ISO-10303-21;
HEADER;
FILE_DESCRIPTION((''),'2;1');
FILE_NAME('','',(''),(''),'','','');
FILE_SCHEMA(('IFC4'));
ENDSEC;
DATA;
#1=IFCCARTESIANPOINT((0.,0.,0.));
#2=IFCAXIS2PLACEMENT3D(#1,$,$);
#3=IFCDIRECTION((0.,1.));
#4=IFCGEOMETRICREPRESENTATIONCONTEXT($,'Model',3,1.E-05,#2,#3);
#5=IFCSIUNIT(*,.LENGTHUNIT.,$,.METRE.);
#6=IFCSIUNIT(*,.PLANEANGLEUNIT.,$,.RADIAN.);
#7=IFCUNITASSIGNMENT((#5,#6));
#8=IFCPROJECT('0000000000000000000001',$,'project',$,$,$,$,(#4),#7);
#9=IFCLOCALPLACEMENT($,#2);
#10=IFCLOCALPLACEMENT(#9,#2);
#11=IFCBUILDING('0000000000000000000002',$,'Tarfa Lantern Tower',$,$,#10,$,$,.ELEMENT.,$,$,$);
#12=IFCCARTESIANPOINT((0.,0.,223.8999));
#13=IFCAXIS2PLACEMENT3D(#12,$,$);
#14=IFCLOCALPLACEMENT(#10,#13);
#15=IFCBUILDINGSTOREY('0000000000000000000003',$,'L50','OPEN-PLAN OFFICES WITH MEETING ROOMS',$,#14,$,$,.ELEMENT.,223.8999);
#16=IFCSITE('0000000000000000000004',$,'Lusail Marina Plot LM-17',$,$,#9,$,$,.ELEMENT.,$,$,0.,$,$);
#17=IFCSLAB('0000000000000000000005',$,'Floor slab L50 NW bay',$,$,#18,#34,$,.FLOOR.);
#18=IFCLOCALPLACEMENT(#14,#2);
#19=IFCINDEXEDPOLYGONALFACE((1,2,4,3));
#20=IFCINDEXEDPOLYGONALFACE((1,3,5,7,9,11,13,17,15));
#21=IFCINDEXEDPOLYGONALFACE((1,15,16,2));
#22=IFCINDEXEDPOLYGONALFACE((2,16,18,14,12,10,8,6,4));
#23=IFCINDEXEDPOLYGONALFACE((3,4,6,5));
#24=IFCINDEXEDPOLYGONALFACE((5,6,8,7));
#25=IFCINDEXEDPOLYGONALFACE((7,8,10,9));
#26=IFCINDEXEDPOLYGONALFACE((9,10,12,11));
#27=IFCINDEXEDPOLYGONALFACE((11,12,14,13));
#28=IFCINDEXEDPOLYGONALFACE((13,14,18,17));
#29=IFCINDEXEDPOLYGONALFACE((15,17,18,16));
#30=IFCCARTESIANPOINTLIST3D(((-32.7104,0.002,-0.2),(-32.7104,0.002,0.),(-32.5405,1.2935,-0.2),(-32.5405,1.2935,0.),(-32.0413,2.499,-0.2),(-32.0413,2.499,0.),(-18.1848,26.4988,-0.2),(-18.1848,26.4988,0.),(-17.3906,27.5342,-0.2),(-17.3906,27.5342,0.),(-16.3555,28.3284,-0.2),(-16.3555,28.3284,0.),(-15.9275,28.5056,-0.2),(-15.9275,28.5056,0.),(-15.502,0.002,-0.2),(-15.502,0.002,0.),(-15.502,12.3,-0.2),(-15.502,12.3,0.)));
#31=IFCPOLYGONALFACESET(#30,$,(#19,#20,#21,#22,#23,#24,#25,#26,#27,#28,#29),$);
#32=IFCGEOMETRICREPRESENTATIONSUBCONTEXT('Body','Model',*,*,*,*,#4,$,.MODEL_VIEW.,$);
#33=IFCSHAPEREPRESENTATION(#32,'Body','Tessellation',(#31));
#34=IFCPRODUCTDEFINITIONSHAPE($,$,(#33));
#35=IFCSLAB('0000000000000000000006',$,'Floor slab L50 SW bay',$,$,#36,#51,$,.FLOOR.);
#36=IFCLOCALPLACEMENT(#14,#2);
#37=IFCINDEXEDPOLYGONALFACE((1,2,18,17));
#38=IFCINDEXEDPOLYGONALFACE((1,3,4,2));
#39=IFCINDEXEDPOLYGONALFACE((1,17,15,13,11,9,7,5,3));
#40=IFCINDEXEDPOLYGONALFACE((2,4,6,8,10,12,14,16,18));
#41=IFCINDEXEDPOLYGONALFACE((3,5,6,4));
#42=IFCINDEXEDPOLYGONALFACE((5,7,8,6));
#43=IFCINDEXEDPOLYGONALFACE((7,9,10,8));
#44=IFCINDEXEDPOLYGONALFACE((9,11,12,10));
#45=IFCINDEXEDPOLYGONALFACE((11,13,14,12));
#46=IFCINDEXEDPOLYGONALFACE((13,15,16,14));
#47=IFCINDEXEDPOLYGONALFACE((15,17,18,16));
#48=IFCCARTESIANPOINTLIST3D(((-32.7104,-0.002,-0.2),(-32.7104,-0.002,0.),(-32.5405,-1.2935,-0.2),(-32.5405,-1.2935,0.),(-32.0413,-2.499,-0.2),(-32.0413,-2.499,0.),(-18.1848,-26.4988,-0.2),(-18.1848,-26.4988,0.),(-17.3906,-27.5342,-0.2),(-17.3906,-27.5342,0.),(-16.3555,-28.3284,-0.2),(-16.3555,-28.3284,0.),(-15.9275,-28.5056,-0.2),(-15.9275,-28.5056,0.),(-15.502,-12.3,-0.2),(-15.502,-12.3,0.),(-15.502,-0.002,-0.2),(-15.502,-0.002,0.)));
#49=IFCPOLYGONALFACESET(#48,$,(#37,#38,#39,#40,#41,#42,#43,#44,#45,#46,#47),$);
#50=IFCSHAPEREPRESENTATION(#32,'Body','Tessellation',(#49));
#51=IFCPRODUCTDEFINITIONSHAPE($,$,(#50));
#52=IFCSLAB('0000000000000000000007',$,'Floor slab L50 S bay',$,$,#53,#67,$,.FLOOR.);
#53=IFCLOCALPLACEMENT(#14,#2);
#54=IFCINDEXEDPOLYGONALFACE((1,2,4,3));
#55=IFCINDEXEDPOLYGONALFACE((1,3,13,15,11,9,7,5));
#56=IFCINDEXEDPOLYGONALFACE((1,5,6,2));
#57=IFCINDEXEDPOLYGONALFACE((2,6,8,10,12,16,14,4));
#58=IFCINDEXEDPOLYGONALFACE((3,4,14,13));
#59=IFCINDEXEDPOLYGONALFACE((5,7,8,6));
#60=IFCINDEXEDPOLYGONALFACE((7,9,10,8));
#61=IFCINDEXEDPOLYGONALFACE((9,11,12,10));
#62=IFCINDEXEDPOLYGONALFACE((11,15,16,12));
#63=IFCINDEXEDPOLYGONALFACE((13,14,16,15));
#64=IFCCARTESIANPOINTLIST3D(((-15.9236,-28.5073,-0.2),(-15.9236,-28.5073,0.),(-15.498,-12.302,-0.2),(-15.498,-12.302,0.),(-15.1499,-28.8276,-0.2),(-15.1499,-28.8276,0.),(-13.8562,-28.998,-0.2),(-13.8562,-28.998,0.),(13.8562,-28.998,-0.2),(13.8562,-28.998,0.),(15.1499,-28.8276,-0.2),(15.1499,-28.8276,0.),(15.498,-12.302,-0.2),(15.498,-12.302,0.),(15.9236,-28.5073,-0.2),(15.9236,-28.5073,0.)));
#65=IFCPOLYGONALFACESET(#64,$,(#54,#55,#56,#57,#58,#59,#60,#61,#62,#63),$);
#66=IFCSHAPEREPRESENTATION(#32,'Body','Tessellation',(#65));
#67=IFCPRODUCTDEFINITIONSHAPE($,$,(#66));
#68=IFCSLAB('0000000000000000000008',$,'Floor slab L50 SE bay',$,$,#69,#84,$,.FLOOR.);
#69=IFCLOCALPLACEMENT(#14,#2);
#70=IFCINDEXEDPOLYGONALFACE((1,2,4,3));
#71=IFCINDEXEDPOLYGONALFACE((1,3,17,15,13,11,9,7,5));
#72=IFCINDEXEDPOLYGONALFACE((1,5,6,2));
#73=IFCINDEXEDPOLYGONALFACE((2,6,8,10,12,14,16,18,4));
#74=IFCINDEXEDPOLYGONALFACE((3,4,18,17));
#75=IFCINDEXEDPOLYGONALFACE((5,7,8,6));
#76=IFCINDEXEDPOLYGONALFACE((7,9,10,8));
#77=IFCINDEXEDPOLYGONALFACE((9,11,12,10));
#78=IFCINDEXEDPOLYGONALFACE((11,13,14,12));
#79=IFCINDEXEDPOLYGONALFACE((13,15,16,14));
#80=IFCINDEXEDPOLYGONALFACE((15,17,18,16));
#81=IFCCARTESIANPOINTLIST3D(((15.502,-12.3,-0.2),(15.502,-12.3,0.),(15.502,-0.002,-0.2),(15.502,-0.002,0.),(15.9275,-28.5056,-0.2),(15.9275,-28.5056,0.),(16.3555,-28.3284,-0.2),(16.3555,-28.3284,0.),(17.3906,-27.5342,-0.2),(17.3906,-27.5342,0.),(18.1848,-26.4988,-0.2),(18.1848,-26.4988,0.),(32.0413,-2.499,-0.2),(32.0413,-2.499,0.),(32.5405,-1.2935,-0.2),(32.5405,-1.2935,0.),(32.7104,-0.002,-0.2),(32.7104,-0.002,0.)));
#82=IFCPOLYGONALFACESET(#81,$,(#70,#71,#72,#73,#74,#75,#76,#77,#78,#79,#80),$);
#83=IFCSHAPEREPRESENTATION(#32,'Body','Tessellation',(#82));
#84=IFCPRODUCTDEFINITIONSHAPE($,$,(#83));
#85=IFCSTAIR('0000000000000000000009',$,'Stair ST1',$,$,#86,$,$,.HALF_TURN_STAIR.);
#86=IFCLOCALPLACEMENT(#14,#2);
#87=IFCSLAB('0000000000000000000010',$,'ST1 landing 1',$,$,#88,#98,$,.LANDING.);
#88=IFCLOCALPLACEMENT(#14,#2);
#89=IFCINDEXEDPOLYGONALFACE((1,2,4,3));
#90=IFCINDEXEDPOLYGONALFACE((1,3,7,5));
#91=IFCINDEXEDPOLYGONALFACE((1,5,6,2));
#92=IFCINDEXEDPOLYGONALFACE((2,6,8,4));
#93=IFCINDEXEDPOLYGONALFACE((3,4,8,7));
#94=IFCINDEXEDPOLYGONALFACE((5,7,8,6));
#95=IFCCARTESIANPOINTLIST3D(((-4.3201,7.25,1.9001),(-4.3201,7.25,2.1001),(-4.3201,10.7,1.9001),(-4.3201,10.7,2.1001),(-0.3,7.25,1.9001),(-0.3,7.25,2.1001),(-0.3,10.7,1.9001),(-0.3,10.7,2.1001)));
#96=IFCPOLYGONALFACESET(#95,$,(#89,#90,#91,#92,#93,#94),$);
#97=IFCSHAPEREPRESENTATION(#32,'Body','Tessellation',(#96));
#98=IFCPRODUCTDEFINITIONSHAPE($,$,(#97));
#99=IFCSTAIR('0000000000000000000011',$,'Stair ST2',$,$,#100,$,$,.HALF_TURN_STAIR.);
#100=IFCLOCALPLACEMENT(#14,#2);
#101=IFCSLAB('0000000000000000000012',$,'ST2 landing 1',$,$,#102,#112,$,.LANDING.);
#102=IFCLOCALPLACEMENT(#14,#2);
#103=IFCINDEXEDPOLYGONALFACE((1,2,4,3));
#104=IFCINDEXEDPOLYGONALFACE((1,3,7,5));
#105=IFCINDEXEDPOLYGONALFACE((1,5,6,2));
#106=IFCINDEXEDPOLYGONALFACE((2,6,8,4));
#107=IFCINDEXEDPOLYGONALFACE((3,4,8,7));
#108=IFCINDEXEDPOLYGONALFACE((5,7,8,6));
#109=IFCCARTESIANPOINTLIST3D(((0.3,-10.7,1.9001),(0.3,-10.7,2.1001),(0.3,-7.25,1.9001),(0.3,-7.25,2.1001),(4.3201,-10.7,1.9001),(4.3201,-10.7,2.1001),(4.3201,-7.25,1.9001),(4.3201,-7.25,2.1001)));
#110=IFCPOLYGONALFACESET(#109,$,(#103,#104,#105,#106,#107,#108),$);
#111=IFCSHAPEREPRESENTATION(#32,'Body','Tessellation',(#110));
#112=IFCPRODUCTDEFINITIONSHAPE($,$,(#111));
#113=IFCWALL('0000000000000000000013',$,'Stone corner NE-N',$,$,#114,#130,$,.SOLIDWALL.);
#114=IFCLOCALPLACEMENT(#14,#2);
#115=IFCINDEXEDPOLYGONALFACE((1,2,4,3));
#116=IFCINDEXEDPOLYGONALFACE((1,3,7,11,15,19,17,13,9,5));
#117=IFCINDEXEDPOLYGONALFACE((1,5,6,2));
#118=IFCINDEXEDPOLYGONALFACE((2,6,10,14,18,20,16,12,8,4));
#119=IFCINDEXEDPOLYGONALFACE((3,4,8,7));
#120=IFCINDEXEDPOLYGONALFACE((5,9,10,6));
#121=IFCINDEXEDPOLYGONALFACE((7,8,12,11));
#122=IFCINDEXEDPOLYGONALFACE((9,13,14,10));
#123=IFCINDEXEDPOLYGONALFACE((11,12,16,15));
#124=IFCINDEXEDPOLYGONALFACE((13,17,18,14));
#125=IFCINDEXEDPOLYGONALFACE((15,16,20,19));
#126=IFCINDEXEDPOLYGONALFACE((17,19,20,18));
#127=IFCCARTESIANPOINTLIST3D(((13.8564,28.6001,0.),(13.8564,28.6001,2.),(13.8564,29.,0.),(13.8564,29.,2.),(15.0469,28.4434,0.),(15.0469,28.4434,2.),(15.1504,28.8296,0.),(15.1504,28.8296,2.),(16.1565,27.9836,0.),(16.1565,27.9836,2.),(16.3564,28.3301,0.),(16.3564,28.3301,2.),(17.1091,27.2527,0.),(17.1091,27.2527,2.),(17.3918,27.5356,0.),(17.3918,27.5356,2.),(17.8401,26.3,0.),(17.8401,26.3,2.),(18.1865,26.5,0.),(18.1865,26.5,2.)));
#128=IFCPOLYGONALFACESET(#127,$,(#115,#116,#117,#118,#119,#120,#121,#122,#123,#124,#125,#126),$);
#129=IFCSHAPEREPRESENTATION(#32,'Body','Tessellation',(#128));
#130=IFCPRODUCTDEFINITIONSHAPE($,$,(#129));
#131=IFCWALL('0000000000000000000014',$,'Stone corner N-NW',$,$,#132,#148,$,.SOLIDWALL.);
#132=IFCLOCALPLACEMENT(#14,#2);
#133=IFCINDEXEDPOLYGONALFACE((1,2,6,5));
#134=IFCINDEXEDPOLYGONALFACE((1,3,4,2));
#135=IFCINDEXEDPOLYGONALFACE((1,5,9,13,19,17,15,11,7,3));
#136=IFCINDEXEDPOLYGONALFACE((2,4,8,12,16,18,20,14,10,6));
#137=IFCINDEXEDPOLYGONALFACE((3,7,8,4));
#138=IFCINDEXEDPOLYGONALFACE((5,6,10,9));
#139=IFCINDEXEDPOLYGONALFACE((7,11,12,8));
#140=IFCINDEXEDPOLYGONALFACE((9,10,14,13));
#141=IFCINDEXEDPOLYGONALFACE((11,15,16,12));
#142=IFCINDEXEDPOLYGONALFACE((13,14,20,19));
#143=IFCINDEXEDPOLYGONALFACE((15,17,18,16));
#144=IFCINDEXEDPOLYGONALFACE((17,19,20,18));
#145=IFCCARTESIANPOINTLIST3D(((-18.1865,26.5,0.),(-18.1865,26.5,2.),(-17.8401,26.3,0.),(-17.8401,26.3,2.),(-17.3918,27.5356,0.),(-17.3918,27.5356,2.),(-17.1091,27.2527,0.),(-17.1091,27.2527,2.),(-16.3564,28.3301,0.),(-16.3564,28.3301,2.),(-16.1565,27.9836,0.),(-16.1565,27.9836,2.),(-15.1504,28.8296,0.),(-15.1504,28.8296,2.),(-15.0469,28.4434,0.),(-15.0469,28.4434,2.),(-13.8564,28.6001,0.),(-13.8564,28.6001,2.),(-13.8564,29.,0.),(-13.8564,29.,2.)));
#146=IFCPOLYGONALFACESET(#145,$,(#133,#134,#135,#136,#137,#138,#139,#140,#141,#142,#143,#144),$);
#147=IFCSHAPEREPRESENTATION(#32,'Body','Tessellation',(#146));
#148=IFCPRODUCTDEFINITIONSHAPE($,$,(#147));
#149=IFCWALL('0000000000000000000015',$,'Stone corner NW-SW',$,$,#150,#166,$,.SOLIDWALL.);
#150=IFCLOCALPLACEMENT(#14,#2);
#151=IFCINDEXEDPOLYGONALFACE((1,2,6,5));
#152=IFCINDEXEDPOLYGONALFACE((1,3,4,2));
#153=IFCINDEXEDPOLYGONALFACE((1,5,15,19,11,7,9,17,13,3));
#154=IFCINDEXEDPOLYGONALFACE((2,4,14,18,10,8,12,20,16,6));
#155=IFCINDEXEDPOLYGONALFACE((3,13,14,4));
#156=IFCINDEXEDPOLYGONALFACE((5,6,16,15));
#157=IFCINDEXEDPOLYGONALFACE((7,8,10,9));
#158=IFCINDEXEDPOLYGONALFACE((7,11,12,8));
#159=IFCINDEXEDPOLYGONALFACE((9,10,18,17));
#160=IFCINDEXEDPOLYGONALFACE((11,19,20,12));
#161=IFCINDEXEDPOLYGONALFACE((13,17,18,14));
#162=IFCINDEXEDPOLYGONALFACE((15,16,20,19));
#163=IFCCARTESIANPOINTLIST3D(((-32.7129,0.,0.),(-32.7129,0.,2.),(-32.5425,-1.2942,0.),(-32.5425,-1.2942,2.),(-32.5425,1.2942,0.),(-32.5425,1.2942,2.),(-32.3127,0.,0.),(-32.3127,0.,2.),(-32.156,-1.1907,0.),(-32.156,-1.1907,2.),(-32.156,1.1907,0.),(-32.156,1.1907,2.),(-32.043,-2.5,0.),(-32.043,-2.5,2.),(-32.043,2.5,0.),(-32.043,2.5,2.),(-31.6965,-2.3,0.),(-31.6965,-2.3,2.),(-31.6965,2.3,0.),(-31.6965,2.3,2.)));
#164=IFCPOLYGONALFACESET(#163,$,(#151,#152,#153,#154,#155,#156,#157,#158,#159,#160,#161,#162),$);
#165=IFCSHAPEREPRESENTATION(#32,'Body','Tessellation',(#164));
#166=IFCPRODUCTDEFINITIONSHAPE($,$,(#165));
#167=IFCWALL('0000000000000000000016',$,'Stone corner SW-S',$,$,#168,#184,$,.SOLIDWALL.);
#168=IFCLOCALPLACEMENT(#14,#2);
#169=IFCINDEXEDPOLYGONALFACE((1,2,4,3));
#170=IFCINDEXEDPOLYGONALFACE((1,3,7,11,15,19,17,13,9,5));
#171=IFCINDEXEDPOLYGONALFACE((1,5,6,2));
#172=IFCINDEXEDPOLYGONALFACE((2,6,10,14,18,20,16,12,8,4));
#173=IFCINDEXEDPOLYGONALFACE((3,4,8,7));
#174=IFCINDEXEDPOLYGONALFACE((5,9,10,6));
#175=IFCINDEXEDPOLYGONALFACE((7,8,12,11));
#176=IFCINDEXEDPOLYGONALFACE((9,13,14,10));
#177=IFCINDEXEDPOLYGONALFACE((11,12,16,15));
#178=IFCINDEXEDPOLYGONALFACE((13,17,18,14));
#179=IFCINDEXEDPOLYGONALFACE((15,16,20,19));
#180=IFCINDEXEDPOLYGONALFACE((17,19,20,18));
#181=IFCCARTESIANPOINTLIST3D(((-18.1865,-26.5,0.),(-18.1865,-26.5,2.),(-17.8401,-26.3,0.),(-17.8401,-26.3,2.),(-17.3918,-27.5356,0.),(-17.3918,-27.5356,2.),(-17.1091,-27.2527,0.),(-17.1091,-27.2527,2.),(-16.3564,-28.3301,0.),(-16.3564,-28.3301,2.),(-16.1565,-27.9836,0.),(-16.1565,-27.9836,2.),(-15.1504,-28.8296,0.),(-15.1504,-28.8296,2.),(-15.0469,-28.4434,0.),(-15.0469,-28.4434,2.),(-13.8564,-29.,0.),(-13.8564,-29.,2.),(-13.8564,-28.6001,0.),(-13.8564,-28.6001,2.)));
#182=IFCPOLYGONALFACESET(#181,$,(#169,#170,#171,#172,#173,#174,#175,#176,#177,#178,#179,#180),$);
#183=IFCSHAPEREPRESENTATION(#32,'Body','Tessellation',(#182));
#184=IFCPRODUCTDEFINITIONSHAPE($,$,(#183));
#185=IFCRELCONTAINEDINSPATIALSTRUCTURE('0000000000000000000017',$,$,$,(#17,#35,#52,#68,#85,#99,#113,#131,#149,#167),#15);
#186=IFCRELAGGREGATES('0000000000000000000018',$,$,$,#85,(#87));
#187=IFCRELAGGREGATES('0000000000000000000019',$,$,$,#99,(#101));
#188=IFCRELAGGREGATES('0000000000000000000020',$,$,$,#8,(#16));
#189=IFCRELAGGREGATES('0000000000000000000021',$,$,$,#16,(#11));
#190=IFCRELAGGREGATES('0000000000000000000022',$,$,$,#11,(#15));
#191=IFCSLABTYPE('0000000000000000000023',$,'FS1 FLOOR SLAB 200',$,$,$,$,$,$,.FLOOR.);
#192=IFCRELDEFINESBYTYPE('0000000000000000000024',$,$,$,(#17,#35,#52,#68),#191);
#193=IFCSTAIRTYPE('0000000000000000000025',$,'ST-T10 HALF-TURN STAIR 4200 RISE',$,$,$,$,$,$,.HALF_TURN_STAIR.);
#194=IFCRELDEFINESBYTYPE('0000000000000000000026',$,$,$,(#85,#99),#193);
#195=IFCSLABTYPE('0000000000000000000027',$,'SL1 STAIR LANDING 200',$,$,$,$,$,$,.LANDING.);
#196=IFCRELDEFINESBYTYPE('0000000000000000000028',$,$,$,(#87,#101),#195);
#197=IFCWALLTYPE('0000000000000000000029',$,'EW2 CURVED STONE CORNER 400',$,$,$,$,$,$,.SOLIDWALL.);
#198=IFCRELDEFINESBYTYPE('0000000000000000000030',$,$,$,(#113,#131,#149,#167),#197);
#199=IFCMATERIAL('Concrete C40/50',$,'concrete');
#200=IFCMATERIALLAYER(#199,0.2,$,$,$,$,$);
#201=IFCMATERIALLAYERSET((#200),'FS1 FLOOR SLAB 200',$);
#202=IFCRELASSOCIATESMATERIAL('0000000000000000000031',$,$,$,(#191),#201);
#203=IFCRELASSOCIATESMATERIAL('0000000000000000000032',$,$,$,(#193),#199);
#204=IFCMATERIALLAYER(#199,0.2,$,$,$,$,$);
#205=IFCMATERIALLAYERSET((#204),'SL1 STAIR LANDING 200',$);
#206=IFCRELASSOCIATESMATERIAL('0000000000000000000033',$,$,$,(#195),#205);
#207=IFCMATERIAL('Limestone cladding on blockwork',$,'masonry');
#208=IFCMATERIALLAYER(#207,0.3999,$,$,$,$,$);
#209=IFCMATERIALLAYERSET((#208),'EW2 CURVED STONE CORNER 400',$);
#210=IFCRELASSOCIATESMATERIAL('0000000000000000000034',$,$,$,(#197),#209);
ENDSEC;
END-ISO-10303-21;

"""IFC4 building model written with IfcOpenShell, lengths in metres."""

from ifc_helpers import new_model, si_unit, direction, frame, origin, place, context, subcontext, project, spatial, polyline, outline, extrude, material, layer, layer_set, type_object, element, aggregate, save


model = new_model("IFC4")

# Units and contexts
model_context = context("Model", 3, precision=1e-05, world=origin(), true_north=direction((0.0, 1.0)))
body_context = subcontext(model_context, "Body", "Model", "MODEL_VIEW")
ifc_project = project(units=[si_unit("LENGTHUNIT", "METRE"), si_unit("PLANEANGLEUNIT", "RADIAN")], contexts=[model_context])

# Site, building, storey
site_placement = place(None, origin())
site = spatial("IfcSite", under=ifc_project, at=site_placement, Name="Lusail Marina Plot LM-17", CompositionType="ELEMENT", RefElevation=0.0)
building_placement = place(site_placement, origin())
building = spatial("IfcBuilding", under=site, at=building_placement, Name="Tarfa Lantern Tower", CompositionType="ELEMENT")
storey_placement = place(building_placement, frame((0.0, 0.0, 223.8999)))
storey = spatial("IfcBuildingStorey", under=building, at=storey_placement, Name="L50", Description="OPEN-PLAN OFFICES WITH MEETING ROOMS", CompositionType="ELEMENT", Elevation=223.8999)

# Slabs
ifc_material_1 = material(Name="Concrete C40/50", Category="concrete")
ifc_layer_1 = layer(ifc_material_1, 0.2)
ifc_layer_set_1 = layer_set([ifc_layer_1], Name="FS1 FLOOR SLAB 200")
slab_type_1 = type_object("IfcSlabType", Name="FS1 FLOOR SLAB 200", PredefinedType="FLOOR", material=ifc_layer_set_1)
slab_1_placement = place(storey_placement, frame((0.0, 0.0, -0.2)))
element("IfcSlab", 1, at=slab_1_placement, inside=storey, type_object=slab_type_1, Name="Floor slab L50 NW bay", PredefinedType="FLOOR", context=body_context, shape_type="SweptSolid", body=[
    extrude(outline(polyline([(-15.502, 0.002), (-15.502, 12.3), (-15.9275, 28.5056), (-16.3555, 28.3284), (-17.3906, 27.5342), (-18.1848, 26.4988), (-32.0413, 2.499), (-32.5405, 1.2935), (-32.7104, 0.002), (-15.502, 0.002)])), origin(), (0.0, 0.0, 1.0), 0.2),
])
slab_2_placement = place(storey_placement, frame((0.0, 0.0, -0.2)))
element("IfcSlab", 2, at=slab_2_placement, inside=storey, type_object=slab_type_1, Name="Floor slab L50 SW bay", PredefinedType="FLOOR", context=body_context, shape_type="SweptSolid", body=[
    extrude(outline(polyline([(-15.502, -12.3), (-15.502, -0.002), (-32.7104, -0.002), (-32.5405, -1.2935), (-32.0413, -2.499), (-18.1848, -26.4988), (-17.3906, -27.5342), (-16.3555, -28.3284), (-15.9275, -28.5056), (-15.502, -12.3)])), origin(), (0.0, 0.0, 1.0), 0.2),
])
slab_3_placement = place(storey_placement, frame((0.0, 0.0, -0.2)))
element("IfcSlab", 3, at=slab_3_placement, inside=storey, type_object=slab_type_1, Name="Floor slab L50 S bay", PredefinedType="FLOOR", context=body_context, shape_type="SweptSolid", body=[
    extrude(outline(polyline([(15.498, -12.302), (-15.498, -12.302), (-15.9236, -28.5073), (-15.1499, -28.8276), (-13.8562, -28.998), (13.8562, -28.998), (15.1499, -28.8276), (15.9236, -28.5073), (15.498, -12.302)])), origin(), (0.0, 0.0, 1.0), 0.2),
])
slab_4_placement = place(storey_placement, frame((0.0, 0.0, -0.2)))
element("IfcSlab", 4, at=slab_4_placement, inside=storey, type_object=slab_type_1, Name="Floor slab L50 SE bay", PredefinedType="FLOOR", context=body_context, shape_type="SweptSolid", body=[
    extrude(outline(polyline([(15.502, -0.002), (15.502, -12.3), (15.9275, -28.5056), (16.3555, -28.3284), (17.3906, -27.5342), (18.1848, -26.4988), (32.0413, -2.499), (32.5405, -1.2935), (32.7104, -0.002), (15.502, -0.002)])), origin(), (0.0, 0.0, 1.0), 0.2),
])

# Stairs, slabs
stair_type = type_object("IfcStairType", Name="ST-T10 HALF-TURN STAIR 4200 RISE", PredefinedType="HALF_TURN_STAIR", material=ifc_material_1)
stair_1_placement = place(storey_placement, origin())
stair_1 = element("IfcStair", 5, at=stair_1_placement, inside=storey, type_object=stair_type, Name="Stair ST1", PredefinedType="HALF_TURN_STAIR")
ifc_layer_2 = layer(ifc_material_1, 0.2)
ifc_layer_set_2 = layer_set([ifc_layer_2], Name="SL1 STAIR LANDING 200")
slab_type_2 = type_object("IfcSlabType", Name="SL1 STAIR LANDING 200", PredefinedType="LANDING", material=ifc_layer_set_2)
slab_5_placement = place(storey_placement, frame((0.0, 0.0, 1.9001)))
slab_5 = element("IfcSlab", 6, at=slab_5_placement, type_object=slab_type_2, Name="ST1 landing 1", PredefinedType="LANDING", context=body_context, shape_type="SweptSolid", body=[
    extrude(outline(polyline([(-4.3201, 7.25), (-0.3, 7.25), (-0.3, 10.7), (-4.3201, 10.7), (-4.3201, 7.25)])), origin(), (0.0, 0.0, 1.0), 0.2),
])
aggregate(stair_1, [slab_5])
stair_2_placement = place(storey_placement, origin())
stair_2 = element("IfcStair", 7, at=stair_2_placement, inside=storey, type_object=stair_type, Name="Stair ST2", PredefinedType="HALF_TURN_STAIR")
slab_6_placement = place(storey_placement, frame((0.0, 0.0, 1.9001)))
slab_6 = element("IfcSlab", 8, at=slab_6_placement, type_object=slab_type_2, Name="ST2 landing 1", PredefinedType="LANDING", context=body_context, shape_type="SweptSolid", body=[
    extrude(outline(polyline([(4.3201, -7.25), (0.3, -7.25), (0.3, -10.7), (4.3201, -10.7), (4.3201, -7.25)])), origin(), (0.0, 0.0, 1.0), 0.2),
])
aggregate(stair_2, [slab_6])

# Walls
ifc_material_2 = material(Name="Limestone cladding on blockwork", Category="masonry")
ifc_layer_3 = layer(ifc_material_2, 0.3999)
ifc_layer_set_3 = layer_set([ifc_layer_3], Name="EW2 CURVED STONE CORNER 400")
wall_type_1 = type_object("IfcWallType", Name="EW2 CURVED STONE CORNER 400", PredefinedType="SOLIDWALL", material=ifc_layer_set_3)
wall_1_placement = place(storey_placement, origin())
element("IfcWall", 9, at=wall_1_placement, inside=storey, type_object=wall_type_1, Name="Stone corner NE-N", PredefinedType="SOLIDWALL", context=body_context, shape_type="SweptSolid", body=[
    extrude(outline(polyline([(18.1865, 26.5), (17.3918, 27.5356), (16.3564, 28.3301), (15.1504, 28.8296), (13.8564, 29.0), (13.8564, 28.6001), (15.0469, 28.4434), (16.1565, 27.9836), (17.1091, 27.2527), (17.8401, 26.3), (18.1865, 26.5)])), origin(), (0.0, 0.0, 1.0), 2.0),
])
wall_2_placement = place(storey_placement, origin())
element("IfcWall", 10, at=wall_2_placement, inside=storey, type_object=wall_type_1, Name="Stone corner N-NW", PredefinedType="SOLIDWALL", context=body_context, shape_type="SweptSolid", body=[
    extrude(outline(polyline([(-13.8564, 29.0), (-15.1504, 28.8296), (-16.3564, 28.3301), (-17.3918, 27.5356), (-18.1865, 26.5), (-17.8401, 26.3), (-17.1091, 27.2527), (-16.1565, 27.9836), (-15.0469, 28.4434), (-13.8564, 28.6001), (-13.8564, 29.0)])), origin(), (0.0, 0.0, 1.0), 2.0),
])
wall_3_placement = place(storey_placement, origin())
element("IfcWall", 11, at=wall_3_placement, inside=storey, type_object=wall_type_1, Name="Stone corner NW-SW", PredefinedType="SOLIDWALL", context=body_context, shape_type="SweptSolid", body=[
    extrude(outline(polyline([(-32.043, 2.5), (-32.5425, 1.2942), (-32.7129, 0.0), (-32.5425, -1.2942), (-32.043, -2.5), (-31.6965, -2.3), (-32.156, -1.1907), (-32.3127, 0.0), (-32.156, 1.1907), (-31.6965, 2.3), (-32.043, 2.5)])), origin(), (0.0, 0.0, 1.0), 2.0),
])
wall_4_placement = place(storey_placement, origin())
element("IfcWall", 12, at=wall_4_placement, inside=storey, type_object=wall_type_1, Name="Stone corner SW-S", PredefinedType="SOLIDWALL", context=body_context, shape_type="SweptSolid", body=[
    extrude(outline(polyline([(-18.1865, -26.5), (-17.3918, -27.5356), (-16.3564, -28.3301), (-15.1504, -28.8296), (-13.8564, -29.0), (-13.8564, -28.6001), (-15.0469, -28.4434), (-16.1565, -27.9836), (-17.1091, -27.2527), (-17.8401, -26.3), (-18.1865, -26.5)])), origin(), (0.0, 0.0, 1.0), 2.0),
])

save(model, "model.ifc")
